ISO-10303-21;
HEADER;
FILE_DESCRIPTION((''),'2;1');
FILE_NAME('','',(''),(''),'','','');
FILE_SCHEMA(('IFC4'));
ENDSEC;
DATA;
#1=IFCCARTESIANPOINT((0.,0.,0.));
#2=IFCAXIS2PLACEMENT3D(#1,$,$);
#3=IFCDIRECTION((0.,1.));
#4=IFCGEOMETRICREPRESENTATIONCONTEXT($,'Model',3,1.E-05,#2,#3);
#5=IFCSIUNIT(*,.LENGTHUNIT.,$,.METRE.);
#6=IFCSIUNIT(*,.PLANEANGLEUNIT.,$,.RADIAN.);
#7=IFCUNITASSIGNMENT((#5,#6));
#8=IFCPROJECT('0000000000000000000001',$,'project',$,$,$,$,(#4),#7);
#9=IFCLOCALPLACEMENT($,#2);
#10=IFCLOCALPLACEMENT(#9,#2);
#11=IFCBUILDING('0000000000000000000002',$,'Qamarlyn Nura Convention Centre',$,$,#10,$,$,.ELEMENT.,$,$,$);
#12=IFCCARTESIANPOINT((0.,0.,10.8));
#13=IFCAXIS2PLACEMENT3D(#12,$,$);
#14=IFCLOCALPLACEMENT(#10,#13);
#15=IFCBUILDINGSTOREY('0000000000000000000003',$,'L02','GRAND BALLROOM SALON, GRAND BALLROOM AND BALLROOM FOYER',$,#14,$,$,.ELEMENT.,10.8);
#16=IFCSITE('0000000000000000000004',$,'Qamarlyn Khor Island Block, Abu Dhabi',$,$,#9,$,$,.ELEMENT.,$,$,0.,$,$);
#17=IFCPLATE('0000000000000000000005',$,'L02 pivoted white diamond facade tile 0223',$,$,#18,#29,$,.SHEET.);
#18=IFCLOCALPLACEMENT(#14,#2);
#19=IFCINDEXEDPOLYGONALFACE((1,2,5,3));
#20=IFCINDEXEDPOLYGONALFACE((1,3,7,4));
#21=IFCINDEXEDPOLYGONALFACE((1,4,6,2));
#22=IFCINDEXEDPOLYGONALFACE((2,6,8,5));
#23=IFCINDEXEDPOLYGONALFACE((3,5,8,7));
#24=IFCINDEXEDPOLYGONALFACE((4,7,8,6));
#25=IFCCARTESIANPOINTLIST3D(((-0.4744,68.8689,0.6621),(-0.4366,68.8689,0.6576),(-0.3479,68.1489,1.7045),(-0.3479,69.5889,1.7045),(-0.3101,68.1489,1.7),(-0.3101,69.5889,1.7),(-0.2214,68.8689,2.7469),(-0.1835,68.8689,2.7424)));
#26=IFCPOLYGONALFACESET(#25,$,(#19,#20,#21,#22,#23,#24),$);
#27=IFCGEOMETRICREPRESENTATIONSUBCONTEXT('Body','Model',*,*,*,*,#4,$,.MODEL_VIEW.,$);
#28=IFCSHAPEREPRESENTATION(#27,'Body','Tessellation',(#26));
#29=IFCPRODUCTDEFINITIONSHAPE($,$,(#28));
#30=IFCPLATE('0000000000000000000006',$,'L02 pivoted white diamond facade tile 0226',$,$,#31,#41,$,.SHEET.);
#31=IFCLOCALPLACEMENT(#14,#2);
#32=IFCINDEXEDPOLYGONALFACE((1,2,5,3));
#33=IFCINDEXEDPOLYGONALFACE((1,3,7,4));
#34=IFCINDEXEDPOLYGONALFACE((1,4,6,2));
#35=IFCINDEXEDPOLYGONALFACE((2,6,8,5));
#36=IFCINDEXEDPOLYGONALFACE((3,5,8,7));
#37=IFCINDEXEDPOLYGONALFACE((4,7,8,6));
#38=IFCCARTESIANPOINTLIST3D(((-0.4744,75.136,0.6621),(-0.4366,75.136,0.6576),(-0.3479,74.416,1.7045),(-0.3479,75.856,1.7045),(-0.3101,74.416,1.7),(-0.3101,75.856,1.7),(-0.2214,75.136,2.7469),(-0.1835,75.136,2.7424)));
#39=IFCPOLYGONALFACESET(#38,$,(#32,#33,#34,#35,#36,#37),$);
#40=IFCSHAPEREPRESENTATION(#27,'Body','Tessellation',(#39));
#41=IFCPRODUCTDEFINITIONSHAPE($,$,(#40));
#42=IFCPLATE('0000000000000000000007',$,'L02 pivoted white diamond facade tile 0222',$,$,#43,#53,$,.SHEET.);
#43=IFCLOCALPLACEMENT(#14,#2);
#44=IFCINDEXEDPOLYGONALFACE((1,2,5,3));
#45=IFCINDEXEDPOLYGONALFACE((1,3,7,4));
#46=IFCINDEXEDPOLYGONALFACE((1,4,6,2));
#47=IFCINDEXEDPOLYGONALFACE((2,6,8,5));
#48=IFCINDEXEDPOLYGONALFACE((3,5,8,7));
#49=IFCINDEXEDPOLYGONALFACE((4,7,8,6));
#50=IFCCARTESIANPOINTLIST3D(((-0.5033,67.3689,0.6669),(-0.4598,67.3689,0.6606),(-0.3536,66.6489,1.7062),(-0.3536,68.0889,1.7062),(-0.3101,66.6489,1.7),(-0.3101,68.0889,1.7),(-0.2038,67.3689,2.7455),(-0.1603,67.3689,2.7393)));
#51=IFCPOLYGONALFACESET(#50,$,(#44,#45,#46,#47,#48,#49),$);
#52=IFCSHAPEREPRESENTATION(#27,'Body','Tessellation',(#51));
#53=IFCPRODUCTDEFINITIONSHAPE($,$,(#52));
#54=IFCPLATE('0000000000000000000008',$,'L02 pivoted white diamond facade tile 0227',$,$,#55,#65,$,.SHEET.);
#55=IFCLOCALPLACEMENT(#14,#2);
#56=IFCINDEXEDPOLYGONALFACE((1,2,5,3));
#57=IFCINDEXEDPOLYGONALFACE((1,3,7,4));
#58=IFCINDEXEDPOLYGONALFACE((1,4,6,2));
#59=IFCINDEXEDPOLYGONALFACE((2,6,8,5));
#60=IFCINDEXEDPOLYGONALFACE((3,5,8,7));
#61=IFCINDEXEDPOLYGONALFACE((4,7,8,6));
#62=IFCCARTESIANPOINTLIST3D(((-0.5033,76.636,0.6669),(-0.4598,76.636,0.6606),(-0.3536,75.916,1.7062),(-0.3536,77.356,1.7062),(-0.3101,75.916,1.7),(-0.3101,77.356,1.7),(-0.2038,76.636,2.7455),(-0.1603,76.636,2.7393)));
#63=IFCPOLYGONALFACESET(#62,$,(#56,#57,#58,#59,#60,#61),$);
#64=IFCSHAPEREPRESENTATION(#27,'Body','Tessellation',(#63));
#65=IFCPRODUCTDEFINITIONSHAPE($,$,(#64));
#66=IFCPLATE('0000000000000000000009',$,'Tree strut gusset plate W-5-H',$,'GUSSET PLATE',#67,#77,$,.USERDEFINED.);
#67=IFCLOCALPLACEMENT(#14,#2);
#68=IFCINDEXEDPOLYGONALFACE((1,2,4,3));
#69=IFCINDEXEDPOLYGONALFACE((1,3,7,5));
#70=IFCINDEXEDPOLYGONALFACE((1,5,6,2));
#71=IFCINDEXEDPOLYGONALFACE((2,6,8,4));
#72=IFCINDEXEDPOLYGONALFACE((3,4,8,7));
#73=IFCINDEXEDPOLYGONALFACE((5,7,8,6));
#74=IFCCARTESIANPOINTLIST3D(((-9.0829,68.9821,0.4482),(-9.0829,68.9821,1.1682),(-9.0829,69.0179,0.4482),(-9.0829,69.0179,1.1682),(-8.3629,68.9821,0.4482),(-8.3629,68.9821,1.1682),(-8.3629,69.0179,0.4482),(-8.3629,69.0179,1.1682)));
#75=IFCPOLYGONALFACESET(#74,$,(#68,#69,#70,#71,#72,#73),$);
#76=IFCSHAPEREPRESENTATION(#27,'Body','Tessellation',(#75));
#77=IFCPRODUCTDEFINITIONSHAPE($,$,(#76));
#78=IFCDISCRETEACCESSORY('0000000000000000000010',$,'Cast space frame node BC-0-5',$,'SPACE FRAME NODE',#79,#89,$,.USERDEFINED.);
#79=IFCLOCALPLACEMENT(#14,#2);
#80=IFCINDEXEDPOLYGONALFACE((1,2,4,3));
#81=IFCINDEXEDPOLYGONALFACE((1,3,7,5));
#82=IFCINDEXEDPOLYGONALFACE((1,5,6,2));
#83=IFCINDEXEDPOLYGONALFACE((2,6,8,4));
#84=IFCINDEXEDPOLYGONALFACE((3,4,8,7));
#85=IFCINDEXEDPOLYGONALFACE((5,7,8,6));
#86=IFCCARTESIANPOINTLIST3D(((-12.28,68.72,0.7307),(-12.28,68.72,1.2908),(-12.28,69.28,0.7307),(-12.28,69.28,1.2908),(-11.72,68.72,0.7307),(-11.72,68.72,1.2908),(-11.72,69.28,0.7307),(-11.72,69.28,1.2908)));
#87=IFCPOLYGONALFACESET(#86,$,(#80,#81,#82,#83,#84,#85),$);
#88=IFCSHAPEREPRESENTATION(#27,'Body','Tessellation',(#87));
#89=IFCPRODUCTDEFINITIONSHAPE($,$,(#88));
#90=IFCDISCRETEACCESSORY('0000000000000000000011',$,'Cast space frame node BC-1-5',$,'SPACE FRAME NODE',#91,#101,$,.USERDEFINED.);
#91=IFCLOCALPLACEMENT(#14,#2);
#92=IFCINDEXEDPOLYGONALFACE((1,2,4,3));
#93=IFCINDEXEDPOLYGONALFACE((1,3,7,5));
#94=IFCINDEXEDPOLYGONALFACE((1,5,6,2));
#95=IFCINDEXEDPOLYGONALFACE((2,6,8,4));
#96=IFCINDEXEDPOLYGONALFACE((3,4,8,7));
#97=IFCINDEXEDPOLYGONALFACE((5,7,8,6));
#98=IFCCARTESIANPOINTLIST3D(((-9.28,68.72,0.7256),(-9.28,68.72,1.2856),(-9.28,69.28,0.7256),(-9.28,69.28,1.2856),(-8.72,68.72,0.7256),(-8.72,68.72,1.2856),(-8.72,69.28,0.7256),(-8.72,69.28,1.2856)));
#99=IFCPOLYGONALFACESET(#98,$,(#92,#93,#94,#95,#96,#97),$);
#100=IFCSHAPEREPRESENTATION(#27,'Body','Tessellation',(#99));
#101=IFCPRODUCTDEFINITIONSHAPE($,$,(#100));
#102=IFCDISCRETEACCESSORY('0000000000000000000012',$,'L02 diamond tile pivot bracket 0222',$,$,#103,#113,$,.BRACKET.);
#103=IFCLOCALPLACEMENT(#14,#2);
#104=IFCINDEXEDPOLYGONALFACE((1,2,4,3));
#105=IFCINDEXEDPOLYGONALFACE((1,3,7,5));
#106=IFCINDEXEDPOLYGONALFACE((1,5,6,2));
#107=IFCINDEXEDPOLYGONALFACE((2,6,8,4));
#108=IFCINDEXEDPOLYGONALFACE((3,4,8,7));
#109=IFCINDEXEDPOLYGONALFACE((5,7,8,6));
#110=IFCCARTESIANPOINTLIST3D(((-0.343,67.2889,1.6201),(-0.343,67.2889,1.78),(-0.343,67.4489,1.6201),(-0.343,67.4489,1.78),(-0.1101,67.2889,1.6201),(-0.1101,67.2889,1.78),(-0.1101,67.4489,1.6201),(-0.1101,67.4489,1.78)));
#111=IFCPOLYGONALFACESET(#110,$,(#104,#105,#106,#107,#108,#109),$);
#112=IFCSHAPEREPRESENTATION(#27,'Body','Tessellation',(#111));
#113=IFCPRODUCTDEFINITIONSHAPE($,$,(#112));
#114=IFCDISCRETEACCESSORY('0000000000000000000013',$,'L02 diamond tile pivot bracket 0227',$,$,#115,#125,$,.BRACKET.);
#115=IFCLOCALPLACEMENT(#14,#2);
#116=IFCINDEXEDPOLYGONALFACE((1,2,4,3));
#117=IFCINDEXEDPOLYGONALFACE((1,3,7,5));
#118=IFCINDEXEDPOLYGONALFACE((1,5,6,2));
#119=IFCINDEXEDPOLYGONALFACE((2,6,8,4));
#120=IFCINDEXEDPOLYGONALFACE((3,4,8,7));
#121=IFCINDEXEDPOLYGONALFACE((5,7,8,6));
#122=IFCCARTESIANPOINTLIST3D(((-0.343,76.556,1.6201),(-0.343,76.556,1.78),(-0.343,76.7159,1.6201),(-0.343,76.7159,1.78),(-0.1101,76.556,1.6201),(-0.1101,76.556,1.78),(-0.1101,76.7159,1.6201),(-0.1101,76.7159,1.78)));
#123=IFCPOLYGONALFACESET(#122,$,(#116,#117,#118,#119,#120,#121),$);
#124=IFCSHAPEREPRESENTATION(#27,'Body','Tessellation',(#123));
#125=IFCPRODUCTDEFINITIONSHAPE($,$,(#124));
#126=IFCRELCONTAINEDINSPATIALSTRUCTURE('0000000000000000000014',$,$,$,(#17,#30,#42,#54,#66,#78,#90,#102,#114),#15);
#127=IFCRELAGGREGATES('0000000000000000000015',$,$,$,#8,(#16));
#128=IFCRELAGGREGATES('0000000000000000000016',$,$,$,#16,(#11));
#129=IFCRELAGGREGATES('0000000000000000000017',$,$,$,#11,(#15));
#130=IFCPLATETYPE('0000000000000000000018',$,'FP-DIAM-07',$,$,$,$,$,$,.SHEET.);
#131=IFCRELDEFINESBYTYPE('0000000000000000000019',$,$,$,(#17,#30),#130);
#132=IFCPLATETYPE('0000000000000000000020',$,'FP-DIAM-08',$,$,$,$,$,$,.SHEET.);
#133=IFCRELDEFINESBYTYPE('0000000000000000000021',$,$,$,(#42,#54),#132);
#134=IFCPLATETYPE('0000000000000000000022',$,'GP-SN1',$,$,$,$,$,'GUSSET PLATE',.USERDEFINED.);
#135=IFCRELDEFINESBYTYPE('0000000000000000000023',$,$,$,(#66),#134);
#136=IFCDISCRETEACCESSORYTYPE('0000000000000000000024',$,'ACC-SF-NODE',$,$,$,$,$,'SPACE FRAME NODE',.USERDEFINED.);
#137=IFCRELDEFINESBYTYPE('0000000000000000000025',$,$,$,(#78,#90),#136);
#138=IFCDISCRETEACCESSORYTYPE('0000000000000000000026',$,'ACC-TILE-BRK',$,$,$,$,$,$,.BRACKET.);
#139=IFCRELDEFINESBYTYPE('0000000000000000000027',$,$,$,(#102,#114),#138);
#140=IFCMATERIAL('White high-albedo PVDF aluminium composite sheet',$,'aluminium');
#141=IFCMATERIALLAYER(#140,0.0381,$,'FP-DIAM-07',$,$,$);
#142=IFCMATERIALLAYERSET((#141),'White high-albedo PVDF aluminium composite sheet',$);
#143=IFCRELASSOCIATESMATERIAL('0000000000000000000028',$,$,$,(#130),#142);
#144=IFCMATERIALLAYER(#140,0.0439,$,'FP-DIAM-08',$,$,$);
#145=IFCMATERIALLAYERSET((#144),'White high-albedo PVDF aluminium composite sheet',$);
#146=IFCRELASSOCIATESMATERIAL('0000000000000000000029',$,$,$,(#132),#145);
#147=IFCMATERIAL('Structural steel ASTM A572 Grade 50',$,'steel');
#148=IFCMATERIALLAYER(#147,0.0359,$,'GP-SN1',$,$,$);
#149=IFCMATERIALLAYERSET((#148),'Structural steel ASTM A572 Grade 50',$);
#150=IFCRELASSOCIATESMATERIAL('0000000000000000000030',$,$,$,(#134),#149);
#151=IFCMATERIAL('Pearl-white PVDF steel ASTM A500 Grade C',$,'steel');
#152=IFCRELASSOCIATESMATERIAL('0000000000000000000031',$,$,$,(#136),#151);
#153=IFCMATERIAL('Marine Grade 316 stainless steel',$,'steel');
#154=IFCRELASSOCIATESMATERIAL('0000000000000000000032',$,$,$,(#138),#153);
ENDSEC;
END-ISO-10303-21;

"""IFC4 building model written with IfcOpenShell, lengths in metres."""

from ifc_helpers import new_model, si_unit, direction, frame, origin, origin_2d, place, context, subcontext, project, spatial, polyline, rectangle, outline, extrude, material, layer, layer_set, type_object, element, save


model = new_model("IFC4")

# Units and contexts
model_context = context("Model", 3, precision=1e-05, world=origin(), true_north=direction((0.0, 1.0)))
body_context = subcontext(model_context, "Body", "Model", "MODEL_VIEW")
ifc_project = project(units=[si_unit("LENGTHUNIT", "METRE"), si_unit("PLANEANGLEUNIT", "RADIAN")], contexts=[model_context])

# Site, building, storey
site_placement = place(None, origin())
site = spatial("IfcSite", under=ifc_project, at=site_placement, Name="Qamarlyn Khor Island Block, Abu Dhabi", CompositionType="ELEMENT", RefElevation=0.0)
building_placement = place(site_placement, origin())
building = spatial("IfcBuilding", under=site, at=building_placement, Name="Qamarlyn Nura Convention Centre", CompositionType="ELEMENT")
storey_placement = place(building_placement, frame((0.0, 0.0, 10.8)))
storey = spatial("IfcBuildingStorey", under=building, at=storey_placement, Name="L02", Description="GRAND BALLROOM SALON, GRAND BALLROOM AND BALLROOM FOYER", CompositionType="ELEMENT", Elevation=10.8)

# Shared definitions
ifc_material_1 = material(Name="Pearl-white PVDF steel ASTM A500 Grade C", Category="steel")

# Plates
ifc_material_2 = material(Name="White high-albedo PVDF aluminium composite sheet", Category="aluminium")
ifc_layer_1 = layer(ifc_material_2, 0.0381, Name="FP-DIAM-07")
ifc_layer_set_1 = layer_set([ifc_layer_1], Name="White high-albedo PVDF aluminium composite sheet")
plate_type_1 = type_object("IfcPlateType", Name="FP-DIAM-07", PredefinedType="SHEET", material=ifc_layer_set_1)
for number, where, z_axis, x_axis, name in (
    (1, (-0.3101, 68.8689, 1.7), (-0.992715, 0.0, 0.120483), (0.0, -1.0, 0.0), "L02 pivoted white diamond facade tile 0223"),
    (2, (-0.3101, 75.136, 1.7), (-0.992715, 0.0, 0.120483), (0.0, -1.0, 0.0), "L02 pivoted white diamond facade tile 0226"),
):
    element("IfcPlate", number, at=place(storey_placement, frame(where, z_axis=z_axis, x_axis=x_axis)), inside=storey, type_object=plate_type_1, Name=name, PredefinedType="SHEET", context=body_context, shape_type="SweptSolid", body=[
        extrude(outline(polyline([(-0.72, 0.0), (0.0, -1.05), (0.72, 0.0), (0.0, 1.05), (-0.72, 0.0)])), origin(), (0.0, 0.0, 1.0), 0.0381),
    ])
ifc_layer_2 = layer(ifc_material_2, 0.0439, Name="FP-DIAM-08")
ifc_layer_set_2 = layer_set([ifc_layer_2], Name="White high-albedo PVDF aluminium composite sheet")
plate_type_2 = type_object("IfcPlateType", Name="FP-DIAM-08", PredefinedType="SHEET", material=ifc_layer_set_2)
for number, where, z_axis, x_axis, name in (
    (3, (-0.3101, 67.3689, 1.7), (-0.989776, 0.0, 0.142629), (0.0, -1.0, 0.0), "L02 pivoted white diamond facade tile 0222"),
    (4, (-0.3101, 76.636, 1.7), (-0.989776, 0.0, 0.142629), (0.0, -1.0, 0.0), "L02 pivoted white diamond facade tile 0227"),
):
    element("IfcPlate", number, at=place(storey_placement, frame(where, z_axis=z_axis, x_axis=x_axis)), inside=storey, type_object=plate_type_2, Name=name, PredefinedType="SHEET", context=body_context, shape_type="SweptSolid", body=[
        extrude(outline(polyline([(-0.72, 0.0), (0.0, -1.05), (0.72, 0.0), (0.0, 1.05), (-0.72, 0.0)])), origin(), (0.0, 0.0, 1.0), 0.0439),
    ])
ifc_material_3 = material(Name="Structural steel ASTM A572 Grade 50", Category="steel")
ifc_layer_3 = layer(ifc_material_3, 0.0359, Name="GP-SN1")
ifc_layer_set_3 = layer_set([ifc_layer_3], Name="Structural steel ASTM A572 Grade 50")
plate_type_3 = type_object("IfcPlateType", Name="GP-SN1", ElementType="GUSSET PLATE", PredefinedType="USERDEFINED", material=ifc_layer_set_3)
plate_placement = place(storey_placement, frame((-8.7229, 69.0, 0.4482), z_axis=(0.0, 0.0, 1.0), x_axis=(1.0, 0.0, 0.0)))
element("IfcPlate", 5, at=plate_placement, inside=storey, type_object=plate_type_3, Name="Tree strut gusset plate W-5-H", ObjectType="GUSSET PLATE", PredefinedType="USERDEFINED", context=body_context, shape_type="SweptSolid", body=[
    extrude(rectangle(XDim=0.72, YDim=0.0359, at=origin_2d()), origin(), (0.0, 0.0, 1.0), 0.72),
])

# Discrete accessories
discrete_accessory_type_1 = type_object("IfcDiscreteAccessoryType", Name="ACC-SF-NODE", ElementType="SPACE FRAME NODE", PredefinedType="USERDEFINED", material=ifc_material_1)
for number, where, z_axis, x_axis, name in (
    (6, (-12.0, 69.0, 0.7307), (0.0, 0.0, 1.0), (1.0, 0.0, 0.0), "Cast space frame node BC-0-5"),
    (7, (-9.0, 69.0, 0.7256), (0.0, 0.0, 1.0), (1.0, 0.0, 0.0), "Cast space frame node BC-1-5"),
):
    element("IfcDiscreteAccessory", number, at=place(storey_placement, frame(where, z_axis=z_axis, x_axis=x_axis)), inside=storey, type_object=discrete_accessory_type_1, Name=name, ObjectType="SPACE FRAME NODE", PredefinedType="USERDEFINED", context=body_context, shape_type="SweptSolid", body=[
        extrude(rectangle(XDim=0.5601, YDim=0.5601, at=origin_2d()), origin(), (0.0, 0.0, 1.0), 0.5601),
    ])
ifc_material_4 = material(Name="Marine Grade 316 stainless steel", Category="steel")
discrete_accessory_type_2 = type_object("IfcDiscreteAccessoryType", Name="ACC-TILE-BRK", PredefinedType="BRACKET", material=ifc_material_4)
for number, where, z_axis, x_axis, name in (
    (8, (-0.2266, 67.3689, 1.6201), (0.0, 0.0, 1.0), (-1.0, 0.0, 0.0), "L02 diamond tile pivot bracket 0222"),
    (9, (-0.2266, 76.636, 1.6201), (0.0, 0.0, 1.0), (-1.0, 0.0, 0.0), "L02 diamond tile pivot bracket 0227"),
):
    element("IfcDiscreteAccessory", number, at=place(storey_placement, frame(where, z_axis=z_axis, x_axis=x_axis)), inside=storey, type_object=discrete_accessory_type_2, Name=name, PredefinedType="BRACKET", context=body_context, shape_type="SweptSolid", body=[
        extrude(rectangle(XDim=0.2329, YDim=0.1599, at=origin_2d()), origin(), (0.0, 0.0, 1.0), 0.1599),
    ])

save(model, "model.ifc")
